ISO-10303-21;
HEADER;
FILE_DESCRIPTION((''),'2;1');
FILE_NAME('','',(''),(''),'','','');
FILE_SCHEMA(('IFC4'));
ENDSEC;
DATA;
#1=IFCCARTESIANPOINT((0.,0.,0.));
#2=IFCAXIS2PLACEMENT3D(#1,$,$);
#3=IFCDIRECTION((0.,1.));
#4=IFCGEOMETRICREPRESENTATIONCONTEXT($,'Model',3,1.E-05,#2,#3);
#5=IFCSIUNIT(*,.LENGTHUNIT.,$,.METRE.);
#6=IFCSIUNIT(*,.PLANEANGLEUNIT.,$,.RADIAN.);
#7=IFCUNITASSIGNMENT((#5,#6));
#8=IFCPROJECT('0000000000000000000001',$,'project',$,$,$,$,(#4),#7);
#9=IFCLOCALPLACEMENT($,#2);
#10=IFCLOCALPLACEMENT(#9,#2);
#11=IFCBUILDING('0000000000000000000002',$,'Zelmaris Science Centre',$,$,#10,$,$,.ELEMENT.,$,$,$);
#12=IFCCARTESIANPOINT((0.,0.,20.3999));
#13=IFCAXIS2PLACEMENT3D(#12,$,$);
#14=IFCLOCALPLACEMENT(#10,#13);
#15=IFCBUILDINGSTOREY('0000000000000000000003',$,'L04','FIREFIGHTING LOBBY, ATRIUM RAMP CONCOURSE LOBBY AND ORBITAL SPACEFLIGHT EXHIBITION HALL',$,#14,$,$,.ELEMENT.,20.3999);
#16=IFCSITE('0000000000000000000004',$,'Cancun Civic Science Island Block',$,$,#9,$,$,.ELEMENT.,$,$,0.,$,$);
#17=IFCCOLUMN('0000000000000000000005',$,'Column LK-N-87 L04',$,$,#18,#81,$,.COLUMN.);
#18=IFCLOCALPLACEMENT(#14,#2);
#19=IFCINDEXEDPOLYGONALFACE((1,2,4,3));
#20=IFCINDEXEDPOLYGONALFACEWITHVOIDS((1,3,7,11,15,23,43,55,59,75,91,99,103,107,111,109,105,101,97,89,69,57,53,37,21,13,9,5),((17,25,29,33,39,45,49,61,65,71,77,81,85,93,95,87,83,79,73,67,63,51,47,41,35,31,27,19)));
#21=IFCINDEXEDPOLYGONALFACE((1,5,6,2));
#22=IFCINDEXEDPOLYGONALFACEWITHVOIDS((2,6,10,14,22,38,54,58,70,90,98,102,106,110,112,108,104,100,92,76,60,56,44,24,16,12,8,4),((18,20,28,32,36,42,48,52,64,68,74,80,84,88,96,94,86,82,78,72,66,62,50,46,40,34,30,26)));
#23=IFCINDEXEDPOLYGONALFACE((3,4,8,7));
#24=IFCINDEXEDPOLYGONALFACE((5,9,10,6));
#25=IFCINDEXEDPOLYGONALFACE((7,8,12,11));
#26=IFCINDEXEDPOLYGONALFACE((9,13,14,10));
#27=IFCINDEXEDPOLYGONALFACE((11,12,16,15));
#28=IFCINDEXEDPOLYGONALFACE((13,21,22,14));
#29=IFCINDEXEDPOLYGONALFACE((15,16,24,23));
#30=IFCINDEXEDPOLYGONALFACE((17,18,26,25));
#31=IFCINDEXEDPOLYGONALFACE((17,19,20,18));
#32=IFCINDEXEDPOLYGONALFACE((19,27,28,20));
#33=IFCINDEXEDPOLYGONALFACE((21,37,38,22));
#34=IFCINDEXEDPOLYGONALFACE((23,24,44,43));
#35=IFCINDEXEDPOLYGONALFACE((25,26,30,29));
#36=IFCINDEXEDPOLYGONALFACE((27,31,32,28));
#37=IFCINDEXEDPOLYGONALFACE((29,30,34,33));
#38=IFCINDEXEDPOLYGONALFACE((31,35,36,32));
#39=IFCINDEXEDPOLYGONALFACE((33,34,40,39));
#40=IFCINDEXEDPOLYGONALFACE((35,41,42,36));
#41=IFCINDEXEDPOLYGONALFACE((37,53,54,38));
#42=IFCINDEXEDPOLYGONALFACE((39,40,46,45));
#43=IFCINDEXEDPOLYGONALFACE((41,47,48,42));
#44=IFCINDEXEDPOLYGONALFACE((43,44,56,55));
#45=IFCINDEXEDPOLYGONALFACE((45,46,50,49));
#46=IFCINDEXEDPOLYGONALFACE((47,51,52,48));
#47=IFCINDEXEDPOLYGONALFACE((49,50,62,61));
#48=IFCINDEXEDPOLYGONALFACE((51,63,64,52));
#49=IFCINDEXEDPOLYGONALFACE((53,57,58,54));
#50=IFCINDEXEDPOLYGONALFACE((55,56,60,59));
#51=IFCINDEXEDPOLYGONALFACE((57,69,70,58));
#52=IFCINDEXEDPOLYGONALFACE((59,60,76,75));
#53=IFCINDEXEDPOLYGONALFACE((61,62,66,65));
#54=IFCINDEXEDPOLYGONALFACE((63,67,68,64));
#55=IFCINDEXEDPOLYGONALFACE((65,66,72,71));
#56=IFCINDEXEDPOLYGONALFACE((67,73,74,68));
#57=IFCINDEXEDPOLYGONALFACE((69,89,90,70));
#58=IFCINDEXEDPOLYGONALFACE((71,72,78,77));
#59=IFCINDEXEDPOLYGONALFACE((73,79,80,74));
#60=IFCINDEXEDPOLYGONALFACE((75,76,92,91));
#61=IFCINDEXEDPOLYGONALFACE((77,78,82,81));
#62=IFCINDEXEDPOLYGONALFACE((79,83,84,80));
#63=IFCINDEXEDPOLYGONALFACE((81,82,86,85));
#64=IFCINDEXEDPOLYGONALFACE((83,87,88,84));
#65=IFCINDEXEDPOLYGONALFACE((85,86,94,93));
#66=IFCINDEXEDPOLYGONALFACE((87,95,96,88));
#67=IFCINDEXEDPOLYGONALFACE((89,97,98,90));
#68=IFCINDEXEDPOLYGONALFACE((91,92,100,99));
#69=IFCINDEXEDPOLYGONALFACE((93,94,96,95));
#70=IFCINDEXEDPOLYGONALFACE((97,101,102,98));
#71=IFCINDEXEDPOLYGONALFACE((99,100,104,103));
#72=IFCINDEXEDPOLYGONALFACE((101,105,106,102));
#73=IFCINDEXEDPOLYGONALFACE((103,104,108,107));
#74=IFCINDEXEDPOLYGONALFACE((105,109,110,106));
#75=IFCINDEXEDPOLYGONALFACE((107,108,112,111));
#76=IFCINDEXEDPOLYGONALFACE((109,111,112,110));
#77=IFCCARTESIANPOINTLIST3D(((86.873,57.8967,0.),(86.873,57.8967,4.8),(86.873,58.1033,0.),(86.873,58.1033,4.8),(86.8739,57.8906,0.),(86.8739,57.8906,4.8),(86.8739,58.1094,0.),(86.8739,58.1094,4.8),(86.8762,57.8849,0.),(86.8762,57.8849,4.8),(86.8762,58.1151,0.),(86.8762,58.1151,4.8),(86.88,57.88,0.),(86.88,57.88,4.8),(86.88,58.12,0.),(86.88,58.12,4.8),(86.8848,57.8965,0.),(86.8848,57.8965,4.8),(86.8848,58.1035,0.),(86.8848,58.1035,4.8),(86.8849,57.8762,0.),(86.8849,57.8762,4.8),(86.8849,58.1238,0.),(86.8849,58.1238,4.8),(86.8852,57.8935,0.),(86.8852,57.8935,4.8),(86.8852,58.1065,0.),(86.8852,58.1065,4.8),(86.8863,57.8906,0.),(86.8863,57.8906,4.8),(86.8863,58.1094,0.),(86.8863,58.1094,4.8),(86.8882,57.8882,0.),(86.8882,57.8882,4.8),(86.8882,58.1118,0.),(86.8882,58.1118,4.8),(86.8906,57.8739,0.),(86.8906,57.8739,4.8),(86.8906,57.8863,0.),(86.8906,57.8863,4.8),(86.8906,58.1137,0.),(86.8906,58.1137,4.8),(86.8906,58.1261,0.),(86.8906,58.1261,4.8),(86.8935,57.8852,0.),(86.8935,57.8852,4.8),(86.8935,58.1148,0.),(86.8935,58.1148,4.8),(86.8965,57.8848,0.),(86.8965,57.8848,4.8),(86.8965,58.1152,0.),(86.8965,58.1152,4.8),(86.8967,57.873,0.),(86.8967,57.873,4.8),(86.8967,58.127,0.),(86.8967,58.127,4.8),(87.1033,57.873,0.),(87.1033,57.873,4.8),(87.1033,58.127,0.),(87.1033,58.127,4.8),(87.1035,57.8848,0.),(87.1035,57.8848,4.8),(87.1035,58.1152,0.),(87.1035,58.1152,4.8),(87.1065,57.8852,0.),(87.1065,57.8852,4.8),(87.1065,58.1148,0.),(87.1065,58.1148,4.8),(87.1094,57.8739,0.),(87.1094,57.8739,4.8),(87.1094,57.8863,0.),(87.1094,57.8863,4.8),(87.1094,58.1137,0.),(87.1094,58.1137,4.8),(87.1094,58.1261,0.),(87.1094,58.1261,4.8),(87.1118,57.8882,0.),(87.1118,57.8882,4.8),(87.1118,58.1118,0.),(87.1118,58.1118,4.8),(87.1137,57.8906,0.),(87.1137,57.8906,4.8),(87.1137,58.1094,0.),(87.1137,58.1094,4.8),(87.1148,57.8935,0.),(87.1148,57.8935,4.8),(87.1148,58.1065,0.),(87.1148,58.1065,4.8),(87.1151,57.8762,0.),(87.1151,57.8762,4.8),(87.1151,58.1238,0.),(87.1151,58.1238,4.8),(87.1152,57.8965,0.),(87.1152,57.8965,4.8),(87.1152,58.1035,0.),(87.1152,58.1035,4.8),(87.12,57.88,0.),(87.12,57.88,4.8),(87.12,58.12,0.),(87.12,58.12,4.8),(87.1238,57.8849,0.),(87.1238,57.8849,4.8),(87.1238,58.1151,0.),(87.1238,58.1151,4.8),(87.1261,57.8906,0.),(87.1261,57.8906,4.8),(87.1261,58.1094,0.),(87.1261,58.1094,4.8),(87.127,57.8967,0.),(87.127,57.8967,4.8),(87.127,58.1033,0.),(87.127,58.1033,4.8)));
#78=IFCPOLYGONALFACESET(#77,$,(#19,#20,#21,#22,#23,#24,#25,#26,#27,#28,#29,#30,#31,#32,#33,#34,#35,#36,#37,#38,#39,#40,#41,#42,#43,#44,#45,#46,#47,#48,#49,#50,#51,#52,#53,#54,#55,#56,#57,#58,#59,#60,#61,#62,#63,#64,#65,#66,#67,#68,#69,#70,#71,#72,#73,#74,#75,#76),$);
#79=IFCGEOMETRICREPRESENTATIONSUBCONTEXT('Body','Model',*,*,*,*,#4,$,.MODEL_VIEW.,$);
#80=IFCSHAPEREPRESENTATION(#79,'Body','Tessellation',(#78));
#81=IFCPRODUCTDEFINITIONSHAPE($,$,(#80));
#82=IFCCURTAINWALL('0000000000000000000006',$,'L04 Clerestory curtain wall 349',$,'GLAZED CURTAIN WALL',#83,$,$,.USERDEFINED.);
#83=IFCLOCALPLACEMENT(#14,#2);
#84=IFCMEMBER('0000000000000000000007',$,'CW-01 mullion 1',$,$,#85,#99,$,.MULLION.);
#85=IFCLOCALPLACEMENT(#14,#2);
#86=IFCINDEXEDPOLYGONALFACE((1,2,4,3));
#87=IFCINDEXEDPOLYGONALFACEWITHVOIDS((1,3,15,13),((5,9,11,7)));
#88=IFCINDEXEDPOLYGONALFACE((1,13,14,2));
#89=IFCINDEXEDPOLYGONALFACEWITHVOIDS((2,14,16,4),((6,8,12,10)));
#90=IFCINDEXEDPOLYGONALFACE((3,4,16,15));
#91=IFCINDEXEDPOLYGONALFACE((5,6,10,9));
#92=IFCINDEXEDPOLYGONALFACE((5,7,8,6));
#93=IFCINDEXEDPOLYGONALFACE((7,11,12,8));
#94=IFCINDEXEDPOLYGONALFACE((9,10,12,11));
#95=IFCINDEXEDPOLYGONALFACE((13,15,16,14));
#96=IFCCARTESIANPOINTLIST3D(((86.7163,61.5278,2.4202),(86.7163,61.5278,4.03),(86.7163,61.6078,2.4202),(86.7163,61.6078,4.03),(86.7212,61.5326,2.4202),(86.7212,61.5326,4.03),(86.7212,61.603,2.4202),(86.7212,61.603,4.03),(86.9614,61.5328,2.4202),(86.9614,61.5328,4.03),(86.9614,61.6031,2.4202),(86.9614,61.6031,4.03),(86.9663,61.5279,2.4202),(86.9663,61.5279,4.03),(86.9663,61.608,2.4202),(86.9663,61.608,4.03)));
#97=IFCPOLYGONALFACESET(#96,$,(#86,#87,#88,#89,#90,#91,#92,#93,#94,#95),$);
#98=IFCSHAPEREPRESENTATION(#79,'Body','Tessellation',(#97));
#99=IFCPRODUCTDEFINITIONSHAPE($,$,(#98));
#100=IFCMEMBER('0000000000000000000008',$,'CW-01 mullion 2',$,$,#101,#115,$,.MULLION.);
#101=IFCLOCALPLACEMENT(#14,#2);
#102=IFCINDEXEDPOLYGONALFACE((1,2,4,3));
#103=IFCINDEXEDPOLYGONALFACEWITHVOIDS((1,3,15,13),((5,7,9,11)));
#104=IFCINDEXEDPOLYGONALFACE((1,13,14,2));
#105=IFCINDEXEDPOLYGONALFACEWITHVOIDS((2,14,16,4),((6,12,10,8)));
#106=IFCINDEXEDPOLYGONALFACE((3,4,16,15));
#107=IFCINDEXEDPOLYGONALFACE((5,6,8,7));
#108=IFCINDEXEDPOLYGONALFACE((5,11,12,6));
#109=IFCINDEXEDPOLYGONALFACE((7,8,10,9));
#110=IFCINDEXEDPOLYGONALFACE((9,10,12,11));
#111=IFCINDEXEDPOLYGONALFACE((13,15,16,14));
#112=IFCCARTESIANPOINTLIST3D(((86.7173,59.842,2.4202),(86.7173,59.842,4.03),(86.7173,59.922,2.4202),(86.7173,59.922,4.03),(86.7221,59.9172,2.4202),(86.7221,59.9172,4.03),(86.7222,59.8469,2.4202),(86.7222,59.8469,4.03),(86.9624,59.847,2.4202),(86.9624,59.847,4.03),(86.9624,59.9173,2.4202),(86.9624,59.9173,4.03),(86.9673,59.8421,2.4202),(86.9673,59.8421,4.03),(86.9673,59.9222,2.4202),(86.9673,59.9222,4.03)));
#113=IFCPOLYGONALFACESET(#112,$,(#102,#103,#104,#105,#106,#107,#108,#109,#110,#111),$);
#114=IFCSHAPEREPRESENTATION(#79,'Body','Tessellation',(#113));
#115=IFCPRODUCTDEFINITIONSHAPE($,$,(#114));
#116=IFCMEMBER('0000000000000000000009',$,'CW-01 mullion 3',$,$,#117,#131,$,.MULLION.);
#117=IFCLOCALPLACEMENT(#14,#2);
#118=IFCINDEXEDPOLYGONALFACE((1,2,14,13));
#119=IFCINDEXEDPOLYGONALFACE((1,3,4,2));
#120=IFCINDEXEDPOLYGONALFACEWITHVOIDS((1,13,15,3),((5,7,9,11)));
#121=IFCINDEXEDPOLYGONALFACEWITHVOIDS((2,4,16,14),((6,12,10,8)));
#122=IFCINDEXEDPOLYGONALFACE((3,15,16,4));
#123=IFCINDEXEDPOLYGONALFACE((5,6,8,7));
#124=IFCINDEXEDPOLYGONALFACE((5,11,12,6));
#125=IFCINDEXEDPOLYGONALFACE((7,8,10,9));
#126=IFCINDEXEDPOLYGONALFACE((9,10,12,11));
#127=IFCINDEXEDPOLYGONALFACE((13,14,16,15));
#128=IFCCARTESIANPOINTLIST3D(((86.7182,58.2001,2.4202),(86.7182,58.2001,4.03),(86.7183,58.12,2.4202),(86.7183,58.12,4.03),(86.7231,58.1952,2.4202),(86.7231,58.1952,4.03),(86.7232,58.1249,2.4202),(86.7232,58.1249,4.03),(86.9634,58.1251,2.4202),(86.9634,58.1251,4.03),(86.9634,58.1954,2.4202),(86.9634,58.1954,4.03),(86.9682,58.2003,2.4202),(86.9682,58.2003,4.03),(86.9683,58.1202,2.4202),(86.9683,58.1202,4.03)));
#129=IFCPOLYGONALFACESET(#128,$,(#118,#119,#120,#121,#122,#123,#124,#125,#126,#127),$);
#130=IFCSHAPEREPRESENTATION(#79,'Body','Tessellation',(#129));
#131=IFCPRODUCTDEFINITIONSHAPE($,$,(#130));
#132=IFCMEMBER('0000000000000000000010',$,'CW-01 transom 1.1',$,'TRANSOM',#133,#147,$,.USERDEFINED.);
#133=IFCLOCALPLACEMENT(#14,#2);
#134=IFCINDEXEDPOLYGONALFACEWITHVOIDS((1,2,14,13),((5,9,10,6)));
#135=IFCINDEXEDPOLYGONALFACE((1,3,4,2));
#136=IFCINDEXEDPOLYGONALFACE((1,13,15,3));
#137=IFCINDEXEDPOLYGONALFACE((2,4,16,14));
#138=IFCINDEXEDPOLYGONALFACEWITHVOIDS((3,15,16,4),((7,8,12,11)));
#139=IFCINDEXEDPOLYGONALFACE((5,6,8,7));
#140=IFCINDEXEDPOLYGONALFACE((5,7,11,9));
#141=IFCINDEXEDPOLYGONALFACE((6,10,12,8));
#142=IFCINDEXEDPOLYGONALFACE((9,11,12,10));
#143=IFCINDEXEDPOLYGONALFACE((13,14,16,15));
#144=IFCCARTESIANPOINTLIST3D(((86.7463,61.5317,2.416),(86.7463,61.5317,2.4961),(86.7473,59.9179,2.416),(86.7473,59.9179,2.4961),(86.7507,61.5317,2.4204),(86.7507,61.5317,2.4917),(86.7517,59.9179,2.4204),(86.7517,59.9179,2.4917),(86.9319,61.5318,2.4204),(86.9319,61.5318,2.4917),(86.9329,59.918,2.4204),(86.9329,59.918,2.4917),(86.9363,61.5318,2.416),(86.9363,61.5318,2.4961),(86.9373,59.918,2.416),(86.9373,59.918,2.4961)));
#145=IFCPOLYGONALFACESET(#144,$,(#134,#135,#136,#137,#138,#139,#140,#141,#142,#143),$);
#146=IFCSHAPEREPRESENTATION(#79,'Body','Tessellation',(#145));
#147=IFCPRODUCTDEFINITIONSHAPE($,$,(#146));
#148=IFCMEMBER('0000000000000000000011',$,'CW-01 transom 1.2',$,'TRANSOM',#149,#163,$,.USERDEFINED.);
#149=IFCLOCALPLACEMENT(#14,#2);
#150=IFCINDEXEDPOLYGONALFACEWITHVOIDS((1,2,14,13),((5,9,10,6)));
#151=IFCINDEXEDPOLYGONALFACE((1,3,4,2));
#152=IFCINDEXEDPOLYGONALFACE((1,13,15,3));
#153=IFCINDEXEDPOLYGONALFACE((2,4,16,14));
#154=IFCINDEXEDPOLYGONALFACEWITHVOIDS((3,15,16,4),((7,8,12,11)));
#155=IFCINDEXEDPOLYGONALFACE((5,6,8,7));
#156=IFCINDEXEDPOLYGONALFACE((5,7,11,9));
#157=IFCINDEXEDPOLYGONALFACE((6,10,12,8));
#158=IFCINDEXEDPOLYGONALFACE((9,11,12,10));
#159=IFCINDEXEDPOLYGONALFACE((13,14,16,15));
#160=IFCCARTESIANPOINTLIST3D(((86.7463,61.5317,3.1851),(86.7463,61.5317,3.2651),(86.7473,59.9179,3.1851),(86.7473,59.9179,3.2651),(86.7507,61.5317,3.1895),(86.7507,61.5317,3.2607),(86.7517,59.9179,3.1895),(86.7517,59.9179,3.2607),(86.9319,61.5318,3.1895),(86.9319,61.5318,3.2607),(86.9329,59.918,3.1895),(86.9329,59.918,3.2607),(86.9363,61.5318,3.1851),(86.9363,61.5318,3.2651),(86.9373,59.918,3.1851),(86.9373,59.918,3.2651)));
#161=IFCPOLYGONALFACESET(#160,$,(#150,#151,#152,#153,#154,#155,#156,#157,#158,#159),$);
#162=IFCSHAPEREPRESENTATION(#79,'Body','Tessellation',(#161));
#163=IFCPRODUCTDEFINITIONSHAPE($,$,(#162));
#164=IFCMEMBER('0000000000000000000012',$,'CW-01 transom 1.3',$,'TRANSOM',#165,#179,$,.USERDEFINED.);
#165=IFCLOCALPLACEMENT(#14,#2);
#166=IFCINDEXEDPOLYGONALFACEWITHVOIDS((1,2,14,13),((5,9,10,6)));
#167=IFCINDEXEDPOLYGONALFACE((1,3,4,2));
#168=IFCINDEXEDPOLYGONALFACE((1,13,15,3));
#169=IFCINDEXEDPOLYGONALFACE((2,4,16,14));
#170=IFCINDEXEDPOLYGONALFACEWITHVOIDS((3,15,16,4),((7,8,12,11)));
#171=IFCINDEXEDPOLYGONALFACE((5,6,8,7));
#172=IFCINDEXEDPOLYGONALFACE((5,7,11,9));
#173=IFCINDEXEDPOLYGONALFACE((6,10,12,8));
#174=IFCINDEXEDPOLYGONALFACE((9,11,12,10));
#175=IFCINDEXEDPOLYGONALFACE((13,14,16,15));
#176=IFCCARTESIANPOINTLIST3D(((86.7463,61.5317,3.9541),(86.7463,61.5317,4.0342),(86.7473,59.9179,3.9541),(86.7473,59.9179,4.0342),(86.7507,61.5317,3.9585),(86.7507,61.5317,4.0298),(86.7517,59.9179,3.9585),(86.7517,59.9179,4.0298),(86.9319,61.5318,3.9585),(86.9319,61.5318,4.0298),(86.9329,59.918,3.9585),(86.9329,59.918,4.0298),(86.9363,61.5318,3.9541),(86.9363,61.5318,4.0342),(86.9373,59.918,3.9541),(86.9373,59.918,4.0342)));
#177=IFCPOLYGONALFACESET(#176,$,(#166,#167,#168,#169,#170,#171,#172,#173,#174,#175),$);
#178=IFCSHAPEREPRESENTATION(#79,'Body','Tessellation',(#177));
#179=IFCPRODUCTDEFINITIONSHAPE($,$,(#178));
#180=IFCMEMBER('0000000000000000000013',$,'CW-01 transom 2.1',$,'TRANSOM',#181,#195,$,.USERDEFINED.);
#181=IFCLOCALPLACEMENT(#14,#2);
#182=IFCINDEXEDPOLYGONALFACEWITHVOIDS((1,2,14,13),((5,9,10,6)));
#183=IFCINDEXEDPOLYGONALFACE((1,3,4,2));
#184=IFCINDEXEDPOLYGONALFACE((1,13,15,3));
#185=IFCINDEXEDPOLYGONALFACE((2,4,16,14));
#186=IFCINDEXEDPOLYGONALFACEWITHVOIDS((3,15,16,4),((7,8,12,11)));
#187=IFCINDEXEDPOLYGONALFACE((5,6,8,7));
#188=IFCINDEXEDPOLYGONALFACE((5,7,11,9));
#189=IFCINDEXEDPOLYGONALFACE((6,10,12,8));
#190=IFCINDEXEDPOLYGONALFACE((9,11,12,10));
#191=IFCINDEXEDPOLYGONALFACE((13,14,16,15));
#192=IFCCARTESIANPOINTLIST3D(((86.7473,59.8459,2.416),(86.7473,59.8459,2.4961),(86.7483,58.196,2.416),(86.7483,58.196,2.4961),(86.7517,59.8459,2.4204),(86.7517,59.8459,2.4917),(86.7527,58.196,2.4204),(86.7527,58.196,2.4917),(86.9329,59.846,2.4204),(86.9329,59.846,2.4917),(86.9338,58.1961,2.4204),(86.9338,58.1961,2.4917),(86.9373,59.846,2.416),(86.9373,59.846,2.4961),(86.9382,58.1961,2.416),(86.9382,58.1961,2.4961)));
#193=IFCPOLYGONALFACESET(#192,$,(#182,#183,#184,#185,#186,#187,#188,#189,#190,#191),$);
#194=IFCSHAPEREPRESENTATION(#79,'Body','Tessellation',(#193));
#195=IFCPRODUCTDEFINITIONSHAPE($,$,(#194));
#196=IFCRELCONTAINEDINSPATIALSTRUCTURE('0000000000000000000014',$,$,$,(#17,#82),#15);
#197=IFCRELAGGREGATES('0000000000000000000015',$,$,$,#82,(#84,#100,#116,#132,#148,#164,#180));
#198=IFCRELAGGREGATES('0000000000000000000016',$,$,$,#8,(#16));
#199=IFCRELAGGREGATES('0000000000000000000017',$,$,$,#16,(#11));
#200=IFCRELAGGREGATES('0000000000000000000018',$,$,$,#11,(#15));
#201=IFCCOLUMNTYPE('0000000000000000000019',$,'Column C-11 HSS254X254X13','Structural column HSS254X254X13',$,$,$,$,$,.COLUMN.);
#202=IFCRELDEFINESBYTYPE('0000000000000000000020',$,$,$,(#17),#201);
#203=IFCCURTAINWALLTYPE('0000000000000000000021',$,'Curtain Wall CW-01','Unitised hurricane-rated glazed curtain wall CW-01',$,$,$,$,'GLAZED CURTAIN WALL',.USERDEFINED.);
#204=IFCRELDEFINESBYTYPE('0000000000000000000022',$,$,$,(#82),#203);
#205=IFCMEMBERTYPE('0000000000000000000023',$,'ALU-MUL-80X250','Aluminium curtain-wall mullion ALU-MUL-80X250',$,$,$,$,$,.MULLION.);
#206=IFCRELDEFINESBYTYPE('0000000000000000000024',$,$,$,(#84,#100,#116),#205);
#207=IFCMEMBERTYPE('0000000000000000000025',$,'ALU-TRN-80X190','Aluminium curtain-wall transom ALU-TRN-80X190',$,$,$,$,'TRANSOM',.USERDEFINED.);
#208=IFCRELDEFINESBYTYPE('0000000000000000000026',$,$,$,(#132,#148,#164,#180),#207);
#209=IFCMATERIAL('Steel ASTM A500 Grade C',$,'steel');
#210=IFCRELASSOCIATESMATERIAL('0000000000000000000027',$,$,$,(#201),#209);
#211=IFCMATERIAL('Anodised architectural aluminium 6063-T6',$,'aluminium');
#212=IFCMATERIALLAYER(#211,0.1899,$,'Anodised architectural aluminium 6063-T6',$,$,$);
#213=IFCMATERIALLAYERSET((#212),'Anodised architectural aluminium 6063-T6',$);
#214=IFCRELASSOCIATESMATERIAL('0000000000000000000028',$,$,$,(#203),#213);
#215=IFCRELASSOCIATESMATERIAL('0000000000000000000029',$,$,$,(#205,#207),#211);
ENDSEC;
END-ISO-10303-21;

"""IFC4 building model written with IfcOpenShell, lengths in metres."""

from ifc_helpers import new_model, si_unit, direction, frame, origin, origin_2d, place, context, subcontext, project, spatial, hollow_rectangle, extrude, material, layer, layer_set, material_profile, profile_set, type_object, element, aggregate, save


model = new_model("IFC4")

# Units and contexts
model_context = context("Model", 3, precision=1e-05, world=origin(), true_north=direction((0.0, 1.0)))
body_context = subcontext(model_context, "Body", "Model", "MODEL_VIEW")
ifc_project = project(units=[si_unit("LENGTHUNIT", "METRE"), si_unit("PLANEANGLEUNIT", "RADIAN")], contexts=[model_context])

# Site, building, storey
site_placement = place(None, origin())
site = spatial("IfcSite", under=ifc_project, at=site_placement, Name="Cancun Civic Science Island Block", CompositionType="ELEMENT", RefElevation=0.0)
building_placement = place(site_placement, origin())
building = spatial("IfcBuilding", under=site, at=building_placement, Name="Zelmaris Science Centre", CompositionType="ELEMENT")
storey_placement = place(building_placement, frame((0.0, 0.0, 20.3999)))
storey = spatial("IfcBuildingStorey", under=building, at=storey_placement, Name="L04", Description="FIREFIGHTING LOBBY, ATRIUM RAMP CONCOURSE LOBBY AND ORBITAL SPACEFLIGHT EXHIBITION HALL", CompositionType="ELEMENT", Elevation=20.3999)

# Column
ifc_material_1 = material(Name="Steel ASTM A500 Grade C", Category="steel")
ifc_material_profile_1 = material_profile(ifc_material_1, hollow_rectangle(XDim=0.2539, YDim=0.2539, WallThickness=0.0117, InnerFilletRadius=0.0117, OuterFilletRadius=0.0237, at=origin_2d()), Name="HSS254X254X13")
ifc_profile_set_1 = profile_set([ifc_material_profile_1], Name="Steel ASTM A500 Grade C")
column_type = type_object("IfcColumnType", Name="Column C-11 HSS254X254X13", Description="Structural column HSS254X254X13", PredefinedType="COLUMN", material=ifc_profile_set_1)
column_placement = place(storey_placement, frame((87.0, 58.0, 0.0), z_axis=(0.0, 0.0, 1.0), x_axis=(1.0, 0.0, 0.0)))
element("IfcColumn", 1, at=column_placement, inside=storey, type_object=column_type, Name="Column LK-N-87 L04", PredefinedType="COLUMN", context=body_context, shape_type="SweptSolid", body=[
    extrude(hollow_rectangle(XDim=0.2539, YDim=0.2539, WallThickness=0.0117, InnerFilletRadius=0.0117, OuterFilletRadius=0.0237, at=origin_2d()), origin(), (0.0, 0.0, 1.0), 4.8),
])

# Curtain wall, members
ifc_material_2 = material(Name="Anodised architectural aluminium 6063-T6", Category="aluminium")
ifc_layer_1 = layer(ifc_material_2, 0.1899, Name="Anodised architectural aluminium 6063-T6")
ifc_layer_set_1 = layer_set([ifc_layer_1], Name="Anodised architectural aluminium 6063-T6")
curtain_wall_type = type_object("IfcCurtainWallType", Name="Curtain Wall CW-01", Description="Unitised hurricane-rated glazed curtain wall CW-01", ElementType="GLAZED CURTAIN WALL", PredefinedType="USERDEFINED", material=ifc_layer_set_1)
curtain_wall_placement = place(storey_placement, origin())
curtain_wall = element("IfcCurtainWall", 2, at=curtain_wall_placement, inside=storey, type_object=curtain_wall_type, Name="L04 Clerestory curtain wall 349", ObjectType="GLAZED CURTAIN WALL", PredefinedType="USERDEFINED")
ifc_material_profile_2 = material_profile(ifc_material_2, hollow_rectangle(XDim=0.0801, YDim=0.25, WallThickness=0.0049, at=origin_2d()), Name="ALU-MUL-80X250")
ifc_profile_set_2 = profile_set([ifc_material_profile_2], Name="Anodised architectural aluminium 6063-T6")
member_type_1 = type_object("IfcMemberType", Name="ALU-MUL-80X250", Description="Aluminium curtain-wall mullion ALU-MUL-80X250", PredefinedType="MULLION", material=ifc_profile_set_2)
member_1_placement = place(storey_placement, frame((86.8413, 61.5679, 2.4202), z_axis=(0.0, 0.0, 1.0), x_axis=(0.000586, -1.0, 0.0)))
member_1 = element("IfcMember", 3, at=member_1_placement, type_object=member_type_1, Name="CW-01 mullion 1", PredefinedType="MULLION", context=body_context, shape_type="SweptSolid", body=[
    extrude(hollow_rectangle(XDim=0.0801, YDim=0.25, WallThickness=0.0049, at=origin_2d()), origin(), (0.0, 0.0, 1.0), 1.6099),
])
member_2_placement = place(storey_placement, frame((86.8423, 59.8821, 2.4202), z_axis=(0.0, 0.0, 1.0), x_axis=(0.000586, -1.0, 0.0)))
member_2 = element("IfcMember", 4, at=member_2_placement, type_object=member_type_1, Name="CW-01 mullion 2", PredefinedType="MULLION", context=body_context, shape_type="SweptSolid", body=[
    extrude(hollow_rectangle(XDim=0.0801, YDim=0.25, WallThickness=0.0049, at=origin_2d()), origin(), (0.0, 0.0, 1.0), 1.6099),
])
member_3_placement = place(storey_placement, frame((86.8433, 58.1602, 2.4202), z_axis=(0.0, 0.0, 1.0), x_axis=(0.000586, -1.0, 0.0)))
member_3 = element("IfcMember", 5, at=member_3_placement, type_object=member_type_1, Name="CW-01 mullion 3", PredefinedType="MULLION", context=body_context, shape_type="SweptSolid", body=[
    extrude(hollow_rectangle(XDim=0.0801, YDim=0.25, WallThickness=0.0049, at=origin_2d()), origin(), (0.0, 0.0, 1.0), 1.6099),
])
ifc_material_profile_3 = material_profile(ifc_material_2, hollow_rectangle(XDim=0.0801, YDim=0.1899, WallThickness=0.0044, at=origin_2d()), Name="ALU-TRN-80X190")
ifc_profile_set_3 = profile_set([ifc_material_profile_3], Name="Anodised architectural aluminium 6063-T6")
member_type_2 = type_object("IfcMemberType", Name="ALU-TRN-80X190", Description="Aluminium curtain-wall transom ALU-TRN-80X190", ElementType="TRANSOM", PredefinedType="USERDEFINED", material=ifc_profile_set_3)
member_4_placement = place(storey_placement, frame((86.8413, 61.5317, 2.4561), z_axis=(0.000605, -1.0, 0.0), x_axis=(0.0, 0.0, 1.0)))
member_4 = element("IfcMember", 6, at=member_4_placement, type_object=member_type_2, Name="CW-01 transom 1.1", ObjectType="TRANSOM", PredefinedType="USERDEFINED", context=body_context, shape_type="SweptSolid", body=[
    extrude(hollow_rectangle(XDim=0.0801, YDim=0.1899, WallThickness=0.0044, at=origin_2d()), origin(), (0.0, 0.0, 1.0), 1.6138),
])
member_5_placement = place(storey_placement, frame((86.8413, 61.5317, 3.2251), z_axis=(0.000605, -1.0, 0.0), x_axis=(0.0, 0.0, 1.0)))
member_5 = element("IfcMember", 7, at=member_5_placement, type_object=member_type_2, Name="CW-01 transom 1.2", ObjectType="TRANSOM", PredefinedType="USERDEFINED", context=body_context, shape_type="SweptSolid", body=[
    extrude(hollow_rectangle(XDim=0.0801, YDim=0.1899, WallThickness=0.0044, at=origin_2d()), origin(), (0.0, 0.0, 1.0), 1.6138),
])
member_6_placement = place(storey_placement, frame((86.8413, 61.5317, 3.9941), z_axis=(0.000605, -1.0, 0.0), x_axis=(0.0, 0.0, 1.0)))
member_6 = element("IfcMember", 8, at=member_6_placement, type_object=member_type_2, Name="CW-01 transom 1.3", ObjectType="TRANSOM", PredefinedType="USERDEFINED", context=body_context, shape_type="SweptSolid", body=[
    extrude(hollow_rectangle(XDim=0.0801, YDim=0.1899, WallThickness=0.0044, at=origin_2d()), origin(), (0.0, 0.0, 1.0), 1.6138),
])
member_7_placement = place(storey_placement, frame((86.8423, 59.8459, 2.4561), z_axis=(0.000592, -1.0, 0.0), x_axis=(0.0, 0.0, 1.0)))
member_7 = element("IfcMember", 9, at=member_7_placement, type_object=member_type_2, Name="CW-01 transom 2.1", ObjectType="TRANSOM", PredefinedType="USERDEFINED", context=body_context, shape_type="SweptSolid", body=[
    extrude(hollow_rectangle(XDim=0.0801, YDim=0.1899, WallThickness=0.0044, at=origin_2d()), origin(), (0.0, 0.0, 1.0), 1.6499),
])

aggregate(curtain_wall, [member_1, member_2, member_3, member_4, member_5, member_6, member_7])

save(model, "model.ifc")
